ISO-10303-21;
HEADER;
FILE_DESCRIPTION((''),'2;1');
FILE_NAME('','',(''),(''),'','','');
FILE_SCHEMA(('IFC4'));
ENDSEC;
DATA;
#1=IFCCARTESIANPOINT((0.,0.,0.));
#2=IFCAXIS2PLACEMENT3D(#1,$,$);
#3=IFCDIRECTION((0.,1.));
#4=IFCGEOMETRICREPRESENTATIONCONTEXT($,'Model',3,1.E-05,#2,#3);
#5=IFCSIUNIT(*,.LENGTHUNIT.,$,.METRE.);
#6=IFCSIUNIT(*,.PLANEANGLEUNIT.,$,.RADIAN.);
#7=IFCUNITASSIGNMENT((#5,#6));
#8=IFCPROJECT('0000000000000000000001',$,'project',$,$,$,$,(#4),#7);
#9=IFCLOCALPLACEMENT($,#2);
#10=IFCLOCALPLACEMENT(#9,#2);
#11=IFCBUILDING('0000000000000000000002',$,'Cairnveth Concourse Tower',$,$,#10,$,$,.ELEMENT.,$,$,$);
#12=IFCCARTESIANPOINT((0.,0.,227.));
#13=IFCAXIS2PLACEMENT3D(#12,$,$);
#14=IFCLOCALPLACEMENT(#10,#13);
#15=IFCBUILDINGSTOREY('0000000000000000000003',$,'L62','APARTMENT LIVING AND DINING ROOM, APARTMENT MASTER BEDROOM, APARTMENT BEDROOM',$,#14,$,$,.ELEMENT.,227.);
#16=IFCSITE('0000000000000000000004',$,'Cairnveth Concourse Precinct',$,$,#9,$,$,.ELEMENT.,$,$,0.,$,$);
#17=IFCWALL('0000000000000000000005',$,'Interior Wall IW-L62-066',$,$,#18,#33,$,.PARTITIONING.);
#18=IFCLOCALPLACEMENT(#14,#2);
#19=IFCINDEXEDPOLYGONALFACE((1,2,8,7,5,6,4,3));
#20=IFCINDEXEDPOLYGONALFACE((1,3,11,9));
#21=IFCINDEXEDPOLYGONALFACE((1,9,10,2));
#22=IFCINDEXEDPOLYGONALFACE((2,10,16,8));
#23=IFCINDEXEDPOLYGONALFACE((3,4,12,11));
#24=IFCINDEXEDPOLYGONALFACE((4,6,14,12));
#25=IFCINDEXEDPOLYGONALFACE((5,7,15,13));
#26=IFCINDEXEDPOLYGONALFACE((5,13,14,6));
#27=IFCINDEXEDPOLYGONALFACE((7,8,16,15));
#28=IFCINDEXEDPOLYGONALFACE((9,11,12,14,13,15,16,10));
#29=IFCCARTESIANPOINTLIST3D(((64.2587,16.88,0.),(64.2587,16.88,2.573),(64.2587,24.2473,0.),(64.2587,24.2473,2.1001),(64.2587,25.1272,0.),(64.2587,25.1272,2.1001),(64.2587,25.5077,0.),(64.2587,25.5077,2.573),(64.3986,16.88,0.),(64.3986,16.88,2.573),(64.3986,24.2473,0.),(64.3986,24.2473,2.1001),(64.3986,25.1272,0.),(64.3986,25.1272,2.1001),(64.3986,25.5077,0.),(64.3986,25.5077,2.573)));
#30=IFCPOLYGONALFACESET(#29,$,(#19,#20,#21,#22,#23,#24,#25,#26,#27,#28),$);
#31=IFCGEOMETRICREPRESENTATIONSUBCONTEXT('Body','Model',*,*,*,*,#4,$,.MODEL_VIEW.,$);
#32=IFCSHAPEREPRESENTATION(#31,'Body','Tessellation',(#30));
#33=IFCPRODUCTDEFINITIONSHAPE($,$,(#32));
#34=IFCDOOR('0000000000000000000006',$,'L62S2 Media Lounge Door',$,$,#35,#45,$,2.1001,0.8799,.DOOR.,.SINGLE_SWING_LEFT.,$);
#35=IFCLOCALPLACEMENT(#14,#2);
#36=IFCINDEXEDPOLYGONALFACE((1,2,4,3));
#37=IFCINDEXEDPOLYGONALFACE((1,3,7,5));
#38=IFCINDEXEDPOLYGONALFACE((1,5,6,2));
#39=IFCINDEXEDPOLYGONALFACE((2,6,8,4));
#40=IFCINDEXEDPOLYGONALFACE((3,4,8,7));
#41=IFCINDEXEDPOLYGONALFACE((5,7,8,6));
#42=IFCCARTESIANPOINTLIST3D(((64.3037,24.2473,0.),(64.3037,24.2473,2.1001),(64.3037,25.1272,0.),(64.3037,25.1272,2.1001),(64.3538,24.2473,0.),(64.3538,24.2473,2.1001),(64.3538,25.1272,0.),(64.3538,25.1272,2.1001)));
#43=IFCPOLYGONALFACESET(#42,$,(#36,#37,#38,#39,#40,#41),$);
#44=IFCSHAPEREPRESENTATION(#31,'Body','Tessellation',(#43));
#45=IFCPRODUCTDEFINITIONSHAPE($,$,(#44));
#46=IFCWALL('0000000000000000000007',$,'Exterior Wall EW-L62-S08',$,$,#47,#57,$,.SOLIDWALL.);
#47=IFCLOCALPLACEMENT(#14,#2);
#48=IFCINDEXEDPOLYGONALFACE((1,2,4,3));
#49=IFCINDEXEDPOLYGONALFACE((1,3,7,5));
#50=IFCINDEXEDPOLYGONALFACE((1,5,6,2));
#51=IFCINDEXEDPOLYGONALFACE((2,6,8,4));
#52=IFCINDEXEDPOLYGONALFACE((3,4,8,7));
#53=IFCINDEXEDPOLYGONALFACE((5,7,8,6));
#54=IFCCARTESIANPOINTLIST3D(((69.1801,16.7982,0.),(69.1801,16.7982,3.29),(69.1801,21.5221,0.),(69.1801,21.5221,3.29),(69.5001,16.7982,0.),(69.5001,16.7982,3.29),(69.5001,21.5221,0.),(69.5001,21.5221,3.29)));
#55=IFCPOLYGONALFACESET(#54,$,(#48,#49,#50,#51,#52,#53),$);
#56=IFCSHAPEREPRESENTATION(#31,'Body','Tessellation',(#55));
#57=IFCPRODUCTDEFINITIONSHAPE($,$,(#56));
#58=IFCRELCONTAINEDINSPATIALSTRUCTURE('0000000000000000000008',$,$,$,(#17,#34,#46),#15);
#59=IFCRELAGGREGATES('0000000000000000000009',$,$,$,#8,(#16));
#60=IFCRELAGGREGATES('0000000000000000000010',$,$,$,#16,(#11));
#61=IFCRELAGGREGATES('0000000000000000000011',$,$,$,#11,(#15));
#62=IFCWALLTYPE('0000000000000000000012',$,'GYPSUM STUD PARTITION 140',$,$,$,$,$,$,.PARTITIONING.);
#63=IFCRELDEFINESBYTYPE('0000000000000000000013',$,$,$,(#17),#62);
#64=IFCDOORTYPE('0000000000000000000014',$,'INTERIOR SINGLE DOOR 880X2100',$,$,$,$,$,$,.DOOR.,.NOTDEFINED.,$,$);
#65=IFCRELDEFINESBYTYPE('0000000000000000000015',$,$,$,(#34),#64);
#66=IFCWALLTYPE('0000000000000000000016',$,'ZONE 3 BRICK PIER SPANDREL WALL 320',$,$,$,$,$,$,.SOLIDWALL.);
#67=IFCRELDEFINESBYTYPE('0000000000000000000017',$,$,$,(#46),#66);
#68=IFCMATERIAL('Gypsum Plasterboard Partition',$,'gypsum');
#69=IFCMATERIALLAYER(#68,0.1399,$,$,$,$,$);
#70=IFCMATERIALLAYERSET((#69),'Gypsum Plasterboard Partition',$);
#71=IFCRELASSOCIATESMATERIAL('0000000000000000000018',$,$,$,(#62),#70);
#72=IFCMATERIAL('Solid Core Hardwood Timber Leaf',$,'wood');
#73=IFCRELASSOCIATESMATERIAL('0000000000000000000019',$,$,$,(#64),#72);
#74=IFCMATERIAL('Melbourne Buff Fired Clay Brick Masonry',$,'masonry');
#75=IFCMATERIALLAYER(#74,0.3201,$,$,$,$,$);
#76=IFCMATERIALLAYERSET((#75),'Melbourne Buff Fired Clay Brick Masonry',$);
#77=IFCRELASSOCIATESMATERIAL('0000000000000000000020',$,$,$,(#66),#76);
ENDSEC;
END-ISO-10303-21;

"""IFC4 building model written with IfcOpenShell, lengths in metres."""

from ifc_helpers import new_model, si_unit, direction, frame, frame_2d, origin, place, context, subcontext, project, spatial, rectangle, extrude, material, layer, layer_set, type_object, element, fill, save


model = new_model("IFC4")

# Units and contexts
model_context = context("Model", 3, precision=1e-05, world=origin(), true_north=direction((0.0, 1.0)))
body_context = subcontext(model_context, "Body", "Model", "MODEL_VIEW")
ifc_project = project(units=[si_unit("LENGTHUNIT", "METRE"), si_unit("PLANEANGLEUNIT", "RADIAN")], contexts=[model_context])

# Site, building, storey
site_placement = place(None, origin())
site = spatial("IfcSite", under=ifc_project, at=site_placement, Name="Cairnveth Concourse Precinct", CompositionType="ELEMENT", RefElevation=0.0)
building_placement = place(site_placement, origin())
building = spatial("IfcBuilding", under=site, at=building_placement, Name="Cairnveth Concourse Tower", CompositionType="ELEMENT")
storey_placement = place(building_placement, frame((0.0, 0.0, 227.0)))
storey = spatial("IfcBuildingStorey", under=building, at=storey_placement, Name="L62", Description="APARTMENT LIVING AND DINING ROOM, APARTMENT MASTER BEDROOM, APARTMENT BEDROOM", CompositionType="ELEMENT", Elevation=227.0)

# Wall, opening, door
ifc_material_1 = material(Name="Gypsum Plasterboard Partition", Category="gypsum")
ifc_layer_1 = layer(ifc_material_1, 0.1399)
ifc_layer_set_1 = layer_set([ifc_layer_1], Name="Gypsum Plasterboard Partition")
wall_type_1 = type_object("IfcWallType", Name="GYPSUM STUD PARTITION 140", PredefinedType="PARTITIONING", material=ifc_layer_set_1)
ifc_material_2 = material(Name="Solid Core Hardwood Timber Leaf", Category="wood")
door_type = type_object("IfcDoorType", Name="INTERIOR SINGLE DOOR 880X2100", OperationType="NOTDEFINED", PredefinedType="DOOR", material=ifc_material_2)
wall_1_placement = place(storey_placement, frame((64.3286, 16.8799, 0.0), z_axis=(0.0, 0.0, 1.0), x_axis=(0.0, 1.0, 0.0)))
wall_1 = element("IfcWall", 1, at=wall_1_placement, inside=storey, type_object=wall_type_1, Name="Interior Wall IW-L62-066", PredefinedType="PARTITIONING", context=body_context, shape_type="SweptSolid", body=[
    extrude(rectangle(XDim=8.6277, YDim=0.1399, at=frame_2d((4.314, 0.0))), origin(), (0.0, 0.0, 1.0), 2.573),
])
opening_1_placement = place(wall_1_placement, frame((7.3674, 0.0, 0.0)))
opening_1 = element("IfcOpeningElement", 2, at=opening_1_placement, cuts=wall_1, PredefinedType="OPENING", context=body_context, shape_type="SweptSolid", body=[
    extrude(rectangle(XDim=0.8799, YDim=2.1001, at=frame_2d((0.4399, 1.05))), frame((0.0, 0.0798, 0.0), z_axis=(0.0, -1.0, 0.0), x_axis=(1.0, 0.0, 0.0)), (0.0, 0.0, 1.0), 0.1599),
])
door_1_placement = place(opening_1_placement, origin())
door_1 = element("IfcDoor", 3, at=door_1_placement, inside=storey, type_object=door_type, Name="L62S2 Media Lounge Door", OperationType="SINGLE_SWING_LEFT", OverallHeight=2.1001, OverallWidth=0.8799, PredefinedType="DOOR", context=body_context, shape_type="SweptSolid", body=[
    extrude(rectangle(XDim=0.8799, YDim=2.1001, at=frame_2d((0.4399, 1.05))), frame((0.0, 0.0249, 0.0), z_axis=(0.0, -1.0, 0.0), x_axis=(1.0, 0.0, 0.0)), (0.0, 0.0, 1.0), 0.05),
])
fill(opening_1, door_1)

# Wall
ifc_material_3 = material(Name="Melbourne Buff Fired Clay Brick Masonry", Category="masonry")
ifc_layer_2 = layer(ifc_material_3, 0.3201)
ifc_layer_set_2 = layer_set([ifc_layer_2], Name="Melbourne Buff Fired Clay Brick Masonry")
wall_type_2 = type_object("IfcWallType", Name="ZONE 3 BRICK PIER SPANDREL WALL 320", PredefinedType="SOLIDWALL", material=ifc_layer_set_2)
wall_2_placement = place(storey_placement, frame((69.3401, 21.522, 0.0), z_axis=(0.0, 0.0, 1.0), x_axis=(0.0, -1.0, 0.0)))
element("IfcWall", 4, at=wall_2_placement, inside=storey, type_object=wall_type_2, Name="Exterior Wall EW-L62-S08", PredefinedType="SOLIDWALL", context=body_context, shape_type="SweptSolid", body=[
    extrude(rectangle(XDim=4.7239, YDim=0.3201, at=frame_2d((2.3618, 0.0))), origin(), (0.0, 0.0, 1.0), 3.29),
])

save(model, "model.ifc")
